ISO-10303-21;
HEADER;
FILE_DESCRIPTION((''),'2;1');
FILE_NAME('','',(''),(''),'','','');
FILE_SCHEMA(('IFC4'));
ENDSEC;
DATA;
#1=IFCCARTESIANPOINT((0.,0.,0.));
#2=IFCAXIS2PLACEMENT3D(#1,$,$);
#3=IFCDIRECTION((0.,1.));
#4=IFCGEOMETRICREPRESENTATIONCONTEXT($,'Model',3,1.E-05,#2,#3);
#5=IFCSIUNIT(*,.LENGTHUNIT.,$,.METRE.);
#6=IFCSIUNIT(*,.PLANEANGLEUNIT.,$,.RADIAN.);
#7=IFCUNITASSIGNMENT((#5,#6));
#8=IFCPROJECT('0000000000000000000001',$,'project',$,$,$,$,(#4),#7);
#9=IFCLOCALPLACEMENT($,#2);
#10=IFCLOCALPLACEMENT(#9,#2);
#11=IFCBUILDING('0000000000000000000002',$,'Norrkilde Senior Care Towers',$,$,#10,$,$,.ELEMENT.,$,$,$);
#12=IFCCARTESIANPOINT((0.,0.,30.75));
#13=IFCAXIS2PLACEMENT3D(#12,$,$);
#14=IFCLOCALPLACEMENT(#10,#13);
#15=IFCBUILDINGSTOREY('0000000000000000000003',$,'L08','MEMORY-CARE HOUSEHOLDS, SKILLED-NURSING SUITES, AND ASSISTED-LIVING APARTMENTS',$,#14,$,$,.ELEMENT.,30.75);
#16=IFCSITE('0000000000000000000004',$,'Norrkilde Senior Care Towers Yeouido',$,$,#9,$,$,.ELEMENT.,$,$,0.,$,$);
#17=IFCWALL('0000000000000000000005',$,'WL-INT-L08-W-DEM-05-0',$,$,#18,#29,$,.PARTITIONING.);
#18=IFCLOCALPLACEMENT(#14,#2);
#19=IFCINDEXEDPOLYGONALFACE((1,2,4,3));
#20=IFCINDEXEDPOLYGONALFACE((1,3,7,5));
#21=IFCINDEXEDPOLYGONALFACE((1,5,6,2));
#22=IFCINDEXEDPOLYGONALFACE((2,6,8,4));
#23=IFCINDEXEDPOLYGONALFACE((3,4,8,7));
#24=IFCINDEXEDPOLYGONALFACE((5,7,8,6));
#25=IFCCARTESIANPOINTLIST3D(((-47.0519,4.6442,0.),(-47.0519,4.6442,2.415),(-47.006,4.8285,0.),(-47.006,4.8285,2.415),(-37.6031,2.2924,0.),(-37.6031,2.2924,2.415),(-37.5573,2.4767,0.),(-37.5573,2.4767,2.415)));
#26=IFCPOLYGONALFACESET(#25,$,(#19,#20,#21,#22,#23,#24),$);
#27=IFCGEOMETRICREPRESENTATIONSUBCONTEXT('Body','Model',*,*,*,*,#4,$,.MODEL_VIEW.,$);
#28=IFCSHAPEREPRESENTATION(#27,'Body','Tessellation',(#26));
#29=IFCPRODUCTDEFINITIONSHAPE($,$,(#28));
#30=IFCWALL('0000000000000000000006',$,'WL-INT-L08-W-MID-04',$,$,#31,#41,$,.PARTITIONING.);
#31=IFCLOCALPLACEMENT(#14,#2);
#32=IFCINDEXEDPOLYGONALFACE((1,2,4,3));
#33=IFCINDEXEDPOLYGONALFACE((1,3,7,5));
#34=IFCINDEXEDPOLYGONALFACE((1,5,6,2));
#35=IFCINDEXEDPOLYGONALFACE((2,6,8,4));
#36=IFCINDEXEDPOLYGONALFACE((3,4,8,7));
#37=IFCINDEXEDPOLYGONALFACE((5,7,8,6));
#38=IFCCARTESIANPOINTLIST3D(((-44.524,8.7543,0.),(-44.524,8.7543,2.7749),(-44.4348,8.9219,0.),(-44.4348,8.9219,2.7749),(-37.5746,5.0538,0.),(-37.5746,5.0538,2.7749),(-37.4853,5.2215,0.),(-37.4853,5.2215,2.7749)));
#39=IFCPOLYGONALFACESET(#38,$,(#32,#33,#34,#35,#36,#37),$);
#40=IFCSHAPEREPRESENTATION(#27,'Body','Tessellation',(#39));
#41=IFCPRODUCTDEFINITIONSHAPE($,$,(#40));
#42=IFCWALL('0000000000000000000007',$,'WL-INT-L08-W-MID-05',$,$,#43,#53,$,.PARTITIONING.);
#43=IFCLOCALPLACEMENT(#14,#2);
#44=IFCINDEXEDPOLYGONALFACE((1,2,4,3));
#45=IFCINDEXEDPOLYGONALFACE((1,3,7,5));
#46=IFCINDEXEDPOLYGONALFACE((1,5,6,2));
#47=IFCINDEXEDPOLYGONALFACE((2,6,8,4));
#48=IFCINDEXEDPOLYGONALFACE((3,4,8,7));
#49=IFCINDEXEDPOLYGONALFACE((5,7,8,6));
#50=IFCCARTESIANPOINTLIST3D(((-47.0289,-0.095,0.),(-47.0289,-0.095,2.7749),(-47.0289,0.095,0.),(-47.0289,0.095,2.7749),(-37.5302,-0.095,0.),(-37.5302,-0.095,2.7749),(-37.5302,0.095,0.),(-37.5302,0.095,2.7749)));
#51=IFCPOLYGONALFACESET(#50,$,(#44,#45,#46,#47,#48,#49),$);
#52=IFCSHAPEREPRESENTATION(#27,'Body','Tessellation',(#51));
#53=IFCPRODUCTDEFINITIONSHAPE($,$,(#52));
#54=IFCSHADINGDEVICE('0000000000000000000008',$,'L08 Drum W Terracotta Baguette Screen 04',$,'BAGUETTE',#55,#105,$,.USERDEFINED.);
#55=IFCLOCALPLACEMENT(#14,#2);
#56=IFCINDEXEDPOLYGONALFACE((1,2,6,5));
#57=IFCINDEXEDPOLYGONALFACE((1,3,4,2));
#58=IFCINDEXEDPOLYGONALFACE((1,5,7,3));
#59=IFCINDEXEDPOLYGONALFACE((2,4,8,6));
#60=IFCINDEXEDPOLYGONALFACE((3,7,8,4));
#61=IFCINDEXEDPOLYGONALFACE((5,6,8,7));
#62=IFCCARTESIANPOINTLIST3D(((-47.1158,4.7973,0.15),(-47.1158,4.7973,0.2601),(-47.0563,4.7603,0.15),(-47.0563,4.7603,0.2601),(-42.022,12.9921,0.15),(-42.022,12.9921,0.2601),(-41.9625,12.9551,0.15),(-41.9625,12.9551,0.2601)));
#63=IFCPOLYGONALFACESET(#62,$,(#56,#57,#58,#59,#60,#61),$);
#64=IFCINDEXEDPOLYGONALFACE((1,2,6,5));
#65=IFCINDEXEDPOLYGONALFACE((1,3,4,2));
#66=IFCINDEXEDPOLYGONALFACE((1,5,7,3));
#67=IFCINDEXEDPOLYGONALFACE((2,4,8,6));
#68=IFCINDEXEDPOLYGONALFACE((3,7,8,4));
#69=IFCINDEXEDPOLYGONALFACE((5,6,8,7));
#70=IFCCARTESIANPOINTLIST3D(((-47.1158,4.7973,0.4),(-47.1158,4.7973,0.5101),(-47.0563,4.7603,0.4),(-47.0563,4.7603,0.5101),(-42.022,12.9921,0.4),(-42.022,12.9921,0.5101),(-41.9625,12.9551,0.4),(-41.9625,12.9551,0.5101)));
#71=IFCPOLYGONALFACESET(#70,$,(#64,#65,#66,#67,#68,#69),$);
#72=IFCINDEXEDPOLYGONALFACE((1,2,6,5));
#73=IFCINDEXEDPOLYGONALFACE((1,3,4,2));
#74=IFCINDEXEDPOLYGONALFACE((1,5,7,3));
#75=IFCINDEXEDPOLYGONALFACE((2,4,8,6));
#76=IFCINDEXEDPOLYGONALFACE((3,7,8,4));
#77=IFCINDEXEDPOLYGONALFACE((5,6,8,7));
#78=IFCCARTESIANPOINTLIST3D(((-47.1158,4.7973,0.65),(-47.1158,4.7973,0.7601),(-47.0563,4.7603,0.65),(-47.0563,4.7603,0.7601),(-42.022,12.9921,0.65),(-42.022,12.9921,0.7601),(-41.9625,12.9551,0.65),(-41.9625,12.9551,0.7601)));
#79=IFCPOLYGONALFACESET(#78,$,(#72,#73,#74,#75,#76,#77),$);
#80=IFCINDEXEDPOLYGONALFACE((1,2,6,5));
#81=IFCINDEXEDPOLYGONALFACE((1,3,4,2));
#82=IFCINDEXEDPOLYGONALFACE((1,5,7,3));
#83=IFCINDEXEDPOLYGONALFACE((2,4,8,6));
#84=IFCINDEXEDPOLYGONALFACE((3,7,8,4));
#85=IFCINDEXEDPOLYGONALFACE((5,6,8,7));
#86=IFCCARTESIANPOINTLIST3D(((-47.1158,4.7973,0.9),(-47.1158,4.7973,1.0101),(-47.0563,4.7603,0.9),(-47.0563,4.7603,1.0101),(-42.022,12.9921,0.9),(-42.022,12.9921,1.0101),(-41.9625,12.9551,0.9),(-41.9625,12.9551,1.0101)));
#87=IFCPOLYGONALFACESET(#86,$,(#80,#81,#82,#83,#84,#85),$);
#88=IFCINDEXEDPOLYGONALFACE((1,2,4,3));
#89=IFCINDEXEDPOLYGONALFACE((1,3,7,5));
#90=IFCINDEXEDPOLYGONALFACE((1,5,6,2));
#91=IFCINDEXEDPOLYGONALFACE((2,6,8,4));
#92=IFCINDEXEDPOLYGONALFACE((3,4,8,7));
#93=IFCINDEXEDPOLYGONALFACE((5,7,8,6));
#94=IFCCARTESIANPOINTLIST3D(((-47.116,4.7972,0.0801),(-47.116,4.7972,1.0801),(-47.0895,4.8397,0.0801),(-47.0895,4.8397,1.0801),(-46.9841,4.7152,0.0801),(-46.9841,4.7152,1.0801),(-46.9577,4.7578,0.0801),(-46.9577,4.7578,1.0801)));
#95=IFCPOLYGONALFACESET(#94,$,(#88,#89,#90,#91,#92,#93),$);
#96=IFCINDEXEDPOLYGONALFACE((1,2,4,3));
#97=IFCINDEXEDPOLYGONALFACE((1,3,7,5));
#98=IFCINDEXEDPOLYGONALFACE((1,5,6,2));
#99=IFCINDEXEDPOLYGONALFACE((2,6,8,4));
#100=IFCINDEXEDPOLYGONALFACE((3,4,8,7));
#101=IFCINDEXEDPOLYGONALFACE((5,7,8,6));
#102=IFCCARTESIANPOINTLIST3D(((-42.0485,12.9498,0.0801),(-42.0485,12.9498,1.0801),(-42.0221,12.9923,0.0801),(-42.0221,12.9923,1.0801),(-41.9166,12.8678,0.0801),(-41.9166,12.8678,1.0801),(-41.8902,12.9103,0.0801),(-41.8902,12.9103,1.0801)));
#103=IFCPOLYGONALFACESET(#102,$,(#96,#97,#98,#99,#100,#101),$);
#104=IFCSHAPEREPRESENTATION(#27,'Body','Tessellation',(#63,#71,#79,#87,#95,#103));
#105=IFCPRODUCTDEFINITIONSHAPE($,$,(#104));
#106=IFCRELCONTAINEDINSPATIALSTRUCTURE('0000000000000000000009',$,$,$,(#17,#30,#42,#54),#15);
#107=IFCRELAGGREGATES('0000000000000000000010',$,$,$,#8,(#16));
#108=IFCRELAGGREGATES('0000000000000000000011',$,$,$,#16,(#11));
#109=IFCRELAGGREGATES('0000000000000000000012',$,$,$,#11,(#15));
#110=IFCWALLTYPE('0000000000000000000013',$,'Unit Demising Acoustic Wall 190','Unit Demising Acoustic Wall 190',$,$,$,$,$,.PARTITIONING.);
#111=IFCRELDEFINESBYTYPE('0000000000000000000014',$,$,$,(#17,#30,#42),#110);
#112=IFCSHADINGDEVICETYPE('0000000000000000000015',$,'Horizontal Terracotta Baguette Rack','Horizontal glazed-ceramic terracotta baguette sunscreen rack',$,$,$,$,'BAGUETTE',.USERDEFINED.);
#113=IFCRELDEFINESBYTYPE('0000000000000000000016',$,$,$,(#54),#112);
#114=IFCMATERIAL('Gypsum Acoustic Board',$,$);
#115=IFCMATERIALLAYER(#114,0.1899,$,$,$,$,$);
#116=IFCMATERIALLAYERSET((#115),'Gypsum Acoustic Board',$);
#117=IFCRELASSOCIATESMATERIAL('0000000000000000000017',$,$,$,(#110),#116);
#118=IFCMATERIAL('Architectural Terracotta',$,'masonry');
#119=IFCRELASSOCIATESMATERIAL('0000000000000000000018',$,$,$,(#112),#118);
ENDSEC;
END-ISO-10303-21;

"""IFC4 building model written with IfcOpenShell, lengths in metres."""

from ifc_helpers import new_model, si_unit, direction, frame, frame_2d, origin, origin_2d, place, context, subcontext, project, spatial, rectangle, extrude, source, transform, mapped, material, layer, layer_set, type_object, type_shapes, element, save


model = new_model("IFC4")

# Units and contexts
model_context = context("Model", 3, precision=1e-05, world=origin(), true_north=direction((0.0, 1.0)))
body_context = subcontext(model_context, "Body", "Model", "MODEL_VIEW")
ifc_project = project(units=[si_unit("LENGTHUNIT", "METRE"), si_unit("PLANEANGLEUNIT", "RADIAN")], contexts=[model_context])

# Site, building, storey
site_placement = place(None, origin())
site = spatial("IfcSite", under=ifc_project, at=site_placement, Name="Norrkilde Senior Care Towers Yeouido", CompositionType="ELEMENT", RefElevation=0.0)
building_placement = place(site_placement, origin())
building = spatial("IfcBuilding", under=site, at=building_placement, Name="Norrkilde Senior Care Towers", CompositionType="ELEMENT")
storey_placement = place(building_placement, frame((0.0, 0.0, 30.75)))
storey = spatial("IfcBuildingStorey", under=building, at=storey_placement, Name="L08", Description="MEMORY-CARE HOUSEHOLDS, SKILLED-NURSING SUITES, AND ASSISTED-LIVING APARTMENTS", CompositionType="ELEMENT", Elevation=30.75)

# Shared definitions
ifc_material_1 = material(Name="Gypsum Acoustic Board")

# Walls
ifc_layer_1 = layer(ifc_material_1, 0.1899)
ifc_layer_set_1 = layer_set([ifc_layer_1], Name="Gypsum Acoustic Board")
wall_type_1 = type_object("IfcWallType", Name="Unit Demising Acoustic Wall 190", Description="Unit Demising Acoustic Wall 190", PredefinedType="PARTITIONING", material=ifc_layer_set_1)
shared_shape_1 = source(origin(), body_context, "Body", "SweptSolid", [
    extrude(rectangle(XDim=9.7371, YDim=0.1899, at=frame_2d((4.8687, 0.0))), origin(), (0.0, 0.0, 1.0), 2.415),
])
wall_1_placement = place(storey_placement, frame((-37.5801, 2.3845, 0.0), z_axis=(0.0, 0.0, 1.0), x_axis=(-0.970393, 0.241533, 0.0)))
element("IfcWall", 1, at=wall_1_placement, inside=storey, type_object=wall_type_1, Name="WL-INT-L08-W-DEM-05-0", PredefinedType="PARTITIONING", context=body_context, shape_type="MappedRepresentation", body=[
    mapped(shared_shape_1, transform((0.0, 0.0, 0.0), x_axis=(1.0, 0.0, 0.0), y_axis=(0.0, 1.0, 0.0), z_axis=(0.0, 0.0, 1.0), scale=1.0)),
])
shared_shape_2 = source(origin(), body_context, "Body", "SweptSolid", [
    extrude(rectangle(XDim=7.8733, YDim=0.1899, at=frame_2d((3.9365, 0.0))), origin(), (0.0, 0.0, 1.0), 2.7749),
])
wall_2_placement = place(storey_placement, frame((-37.53, 5.1377, 0.0), z_axis=(0.0, 0.0, 1.0), x_axis=(-0.882666, 0.470001, 0.0)))
element("IfcWall", 2, at=wall_2_placement, inside=storey, type_object=wall_type_1, Name="WL-INT-L08-W-MID-04", PredefinedType="PARTITIONING", context=body_context, shape_type="MappedRepresentation", body=[
    mapped(shared_shape_2, transform((0.0, 0.0, 0.0), x_axis=(1.0, 0.0, 0.0), y_axis=(0.0, 1.0, 0.0), z_axis=(0.0, 0.0, 1.0), scale=1.0)),
])
shared_shape_3 = source(origin(), body_context, "Body", "SweptSolid", [
    extrude(rectangle(XDim=9.4988, YDim=0.1899, at=frame_2d((4.7495, 0.0))), origin(), (0.0, 0.0, 1.0), 2.7749),
])
wall_3_placement = place(storey_placement, frame((-37.53, 0.0, 0.0), z_axis=(0.0, 0.0, 1.0), x_axis=(-1.0, 0.0, 0.0)))
element("IfcWall", 3, at=wall_3_placement, inside=storey, type_object=wall_type_1, Name="WL-INT-L08-W-MID-05", PredefinedType="PARTITIONING", context=body_context, shape_type="MappedRepresentation", body=[
    mapped(shared_shape_3, transform((0.0, 0.0, 0.0), x_axis=(1.0, 0.0, 0.0), y_axis=(0.0, 1.0, 0.0), z_axis=(0.0, 0.0, 1.0), scale=1.0)),
])

# Shading device
ifc_material_2 = material(Name="Architectural Terracotta", Category="masonry")
shading_device_type = type_object("IfcShadingDeviceType", Name="Horizontal Terracotta Baguette Rack", Description="Horizontal glazed-ceramic terracotta baguette sunscreen rack", ElementType="BAGUETTE", PredefinedType="USERDEFINED", material=ifc_material_2)
shared_shape_4 = source(origin(), body_context, "Body", "SweptSolid", [
    extrude(rectangle(XDim=0.0701, YDim=0.1101, at=origin_2d()), frame((0.0, 0.0901, 0.125), z_axis=(1.0, 0.0, 0.0), x_axis=(0.0, 1.0, 0.0)), (0.0, 0.0, 1.0), 9.6489),
    extrude(rectangle(XDim=0.0701, YDim=0.1101, at=origin_2d()), frame((0.0, 0.0901, 0.375), z_axis=(1.0, 0.0, 0.0), x_axis=(0.0, 1.0, 0.0)), (0.0, 0.0, 1.0), 9.6489),
    extrude(rectangle(XDim=0.0701, YDim=0.1101, at=origin_2d()), frame((0.0, 0.0901, 0.625), z_axis=(1.0, 0.0, 0.0), x_axis=(0.0, 1.0, 0.0)), (0.0, 0.0, 1.0), 9.6489),
    extrude(rectangle(XDim=0.0701, YDim=0.1101, at=origin_2d()), frame((0.0, 0.0901, 0.875), z_axis=(1.0, 0.0, 0.0), x_axis=(0.0, 1.0, 0.0)), (0.0, 0.0, 1.0), 9.6489),
    extrude(rectangle(XDim=0.05, YDim=0.1553, at=origin_2d()), frame((0.0249, 0.0476, 0.0)), (0.0, 0.0, 1.0), 1.0),
    extrude(rectangle(XDim=0.05, YDim=0.1553, at=origin_2d()), frame((9.624, 0.0476, 0.0)), (0.0, 0.0, 1.0), 1.0),
])
type_shapes(shading_device_type, [shared_shape_4])
shading_device_placement = place(storey_placement, frame((-47.0095, 4.7312, 0.0801), z_axis=(0.0, 0.0, 1.0), x_axis=(0.527909, 0.849299, 0.0)))
element("IfcShadingDevice", 4, at=shading_device_placement, inside=storey, type_object=shading_device_type, Name="L08 Drum W Terracotta Baguette Screen 04", ObjectType="BAGUETTE", PredefinedType="USERDEFINED", context=body_context, shape_type="MappedRepresentation", body=[
    mapped(shared_shape_4, transform((0.0, 0.0, 0.0), x_axis=(1.0, 0.0, 0.0), y_axis=(0.0, 1.0, 0.0), z_axis=(0.0, 0.0, 1.0), scale=1.0)),
])

save(model, "model.ifc")
